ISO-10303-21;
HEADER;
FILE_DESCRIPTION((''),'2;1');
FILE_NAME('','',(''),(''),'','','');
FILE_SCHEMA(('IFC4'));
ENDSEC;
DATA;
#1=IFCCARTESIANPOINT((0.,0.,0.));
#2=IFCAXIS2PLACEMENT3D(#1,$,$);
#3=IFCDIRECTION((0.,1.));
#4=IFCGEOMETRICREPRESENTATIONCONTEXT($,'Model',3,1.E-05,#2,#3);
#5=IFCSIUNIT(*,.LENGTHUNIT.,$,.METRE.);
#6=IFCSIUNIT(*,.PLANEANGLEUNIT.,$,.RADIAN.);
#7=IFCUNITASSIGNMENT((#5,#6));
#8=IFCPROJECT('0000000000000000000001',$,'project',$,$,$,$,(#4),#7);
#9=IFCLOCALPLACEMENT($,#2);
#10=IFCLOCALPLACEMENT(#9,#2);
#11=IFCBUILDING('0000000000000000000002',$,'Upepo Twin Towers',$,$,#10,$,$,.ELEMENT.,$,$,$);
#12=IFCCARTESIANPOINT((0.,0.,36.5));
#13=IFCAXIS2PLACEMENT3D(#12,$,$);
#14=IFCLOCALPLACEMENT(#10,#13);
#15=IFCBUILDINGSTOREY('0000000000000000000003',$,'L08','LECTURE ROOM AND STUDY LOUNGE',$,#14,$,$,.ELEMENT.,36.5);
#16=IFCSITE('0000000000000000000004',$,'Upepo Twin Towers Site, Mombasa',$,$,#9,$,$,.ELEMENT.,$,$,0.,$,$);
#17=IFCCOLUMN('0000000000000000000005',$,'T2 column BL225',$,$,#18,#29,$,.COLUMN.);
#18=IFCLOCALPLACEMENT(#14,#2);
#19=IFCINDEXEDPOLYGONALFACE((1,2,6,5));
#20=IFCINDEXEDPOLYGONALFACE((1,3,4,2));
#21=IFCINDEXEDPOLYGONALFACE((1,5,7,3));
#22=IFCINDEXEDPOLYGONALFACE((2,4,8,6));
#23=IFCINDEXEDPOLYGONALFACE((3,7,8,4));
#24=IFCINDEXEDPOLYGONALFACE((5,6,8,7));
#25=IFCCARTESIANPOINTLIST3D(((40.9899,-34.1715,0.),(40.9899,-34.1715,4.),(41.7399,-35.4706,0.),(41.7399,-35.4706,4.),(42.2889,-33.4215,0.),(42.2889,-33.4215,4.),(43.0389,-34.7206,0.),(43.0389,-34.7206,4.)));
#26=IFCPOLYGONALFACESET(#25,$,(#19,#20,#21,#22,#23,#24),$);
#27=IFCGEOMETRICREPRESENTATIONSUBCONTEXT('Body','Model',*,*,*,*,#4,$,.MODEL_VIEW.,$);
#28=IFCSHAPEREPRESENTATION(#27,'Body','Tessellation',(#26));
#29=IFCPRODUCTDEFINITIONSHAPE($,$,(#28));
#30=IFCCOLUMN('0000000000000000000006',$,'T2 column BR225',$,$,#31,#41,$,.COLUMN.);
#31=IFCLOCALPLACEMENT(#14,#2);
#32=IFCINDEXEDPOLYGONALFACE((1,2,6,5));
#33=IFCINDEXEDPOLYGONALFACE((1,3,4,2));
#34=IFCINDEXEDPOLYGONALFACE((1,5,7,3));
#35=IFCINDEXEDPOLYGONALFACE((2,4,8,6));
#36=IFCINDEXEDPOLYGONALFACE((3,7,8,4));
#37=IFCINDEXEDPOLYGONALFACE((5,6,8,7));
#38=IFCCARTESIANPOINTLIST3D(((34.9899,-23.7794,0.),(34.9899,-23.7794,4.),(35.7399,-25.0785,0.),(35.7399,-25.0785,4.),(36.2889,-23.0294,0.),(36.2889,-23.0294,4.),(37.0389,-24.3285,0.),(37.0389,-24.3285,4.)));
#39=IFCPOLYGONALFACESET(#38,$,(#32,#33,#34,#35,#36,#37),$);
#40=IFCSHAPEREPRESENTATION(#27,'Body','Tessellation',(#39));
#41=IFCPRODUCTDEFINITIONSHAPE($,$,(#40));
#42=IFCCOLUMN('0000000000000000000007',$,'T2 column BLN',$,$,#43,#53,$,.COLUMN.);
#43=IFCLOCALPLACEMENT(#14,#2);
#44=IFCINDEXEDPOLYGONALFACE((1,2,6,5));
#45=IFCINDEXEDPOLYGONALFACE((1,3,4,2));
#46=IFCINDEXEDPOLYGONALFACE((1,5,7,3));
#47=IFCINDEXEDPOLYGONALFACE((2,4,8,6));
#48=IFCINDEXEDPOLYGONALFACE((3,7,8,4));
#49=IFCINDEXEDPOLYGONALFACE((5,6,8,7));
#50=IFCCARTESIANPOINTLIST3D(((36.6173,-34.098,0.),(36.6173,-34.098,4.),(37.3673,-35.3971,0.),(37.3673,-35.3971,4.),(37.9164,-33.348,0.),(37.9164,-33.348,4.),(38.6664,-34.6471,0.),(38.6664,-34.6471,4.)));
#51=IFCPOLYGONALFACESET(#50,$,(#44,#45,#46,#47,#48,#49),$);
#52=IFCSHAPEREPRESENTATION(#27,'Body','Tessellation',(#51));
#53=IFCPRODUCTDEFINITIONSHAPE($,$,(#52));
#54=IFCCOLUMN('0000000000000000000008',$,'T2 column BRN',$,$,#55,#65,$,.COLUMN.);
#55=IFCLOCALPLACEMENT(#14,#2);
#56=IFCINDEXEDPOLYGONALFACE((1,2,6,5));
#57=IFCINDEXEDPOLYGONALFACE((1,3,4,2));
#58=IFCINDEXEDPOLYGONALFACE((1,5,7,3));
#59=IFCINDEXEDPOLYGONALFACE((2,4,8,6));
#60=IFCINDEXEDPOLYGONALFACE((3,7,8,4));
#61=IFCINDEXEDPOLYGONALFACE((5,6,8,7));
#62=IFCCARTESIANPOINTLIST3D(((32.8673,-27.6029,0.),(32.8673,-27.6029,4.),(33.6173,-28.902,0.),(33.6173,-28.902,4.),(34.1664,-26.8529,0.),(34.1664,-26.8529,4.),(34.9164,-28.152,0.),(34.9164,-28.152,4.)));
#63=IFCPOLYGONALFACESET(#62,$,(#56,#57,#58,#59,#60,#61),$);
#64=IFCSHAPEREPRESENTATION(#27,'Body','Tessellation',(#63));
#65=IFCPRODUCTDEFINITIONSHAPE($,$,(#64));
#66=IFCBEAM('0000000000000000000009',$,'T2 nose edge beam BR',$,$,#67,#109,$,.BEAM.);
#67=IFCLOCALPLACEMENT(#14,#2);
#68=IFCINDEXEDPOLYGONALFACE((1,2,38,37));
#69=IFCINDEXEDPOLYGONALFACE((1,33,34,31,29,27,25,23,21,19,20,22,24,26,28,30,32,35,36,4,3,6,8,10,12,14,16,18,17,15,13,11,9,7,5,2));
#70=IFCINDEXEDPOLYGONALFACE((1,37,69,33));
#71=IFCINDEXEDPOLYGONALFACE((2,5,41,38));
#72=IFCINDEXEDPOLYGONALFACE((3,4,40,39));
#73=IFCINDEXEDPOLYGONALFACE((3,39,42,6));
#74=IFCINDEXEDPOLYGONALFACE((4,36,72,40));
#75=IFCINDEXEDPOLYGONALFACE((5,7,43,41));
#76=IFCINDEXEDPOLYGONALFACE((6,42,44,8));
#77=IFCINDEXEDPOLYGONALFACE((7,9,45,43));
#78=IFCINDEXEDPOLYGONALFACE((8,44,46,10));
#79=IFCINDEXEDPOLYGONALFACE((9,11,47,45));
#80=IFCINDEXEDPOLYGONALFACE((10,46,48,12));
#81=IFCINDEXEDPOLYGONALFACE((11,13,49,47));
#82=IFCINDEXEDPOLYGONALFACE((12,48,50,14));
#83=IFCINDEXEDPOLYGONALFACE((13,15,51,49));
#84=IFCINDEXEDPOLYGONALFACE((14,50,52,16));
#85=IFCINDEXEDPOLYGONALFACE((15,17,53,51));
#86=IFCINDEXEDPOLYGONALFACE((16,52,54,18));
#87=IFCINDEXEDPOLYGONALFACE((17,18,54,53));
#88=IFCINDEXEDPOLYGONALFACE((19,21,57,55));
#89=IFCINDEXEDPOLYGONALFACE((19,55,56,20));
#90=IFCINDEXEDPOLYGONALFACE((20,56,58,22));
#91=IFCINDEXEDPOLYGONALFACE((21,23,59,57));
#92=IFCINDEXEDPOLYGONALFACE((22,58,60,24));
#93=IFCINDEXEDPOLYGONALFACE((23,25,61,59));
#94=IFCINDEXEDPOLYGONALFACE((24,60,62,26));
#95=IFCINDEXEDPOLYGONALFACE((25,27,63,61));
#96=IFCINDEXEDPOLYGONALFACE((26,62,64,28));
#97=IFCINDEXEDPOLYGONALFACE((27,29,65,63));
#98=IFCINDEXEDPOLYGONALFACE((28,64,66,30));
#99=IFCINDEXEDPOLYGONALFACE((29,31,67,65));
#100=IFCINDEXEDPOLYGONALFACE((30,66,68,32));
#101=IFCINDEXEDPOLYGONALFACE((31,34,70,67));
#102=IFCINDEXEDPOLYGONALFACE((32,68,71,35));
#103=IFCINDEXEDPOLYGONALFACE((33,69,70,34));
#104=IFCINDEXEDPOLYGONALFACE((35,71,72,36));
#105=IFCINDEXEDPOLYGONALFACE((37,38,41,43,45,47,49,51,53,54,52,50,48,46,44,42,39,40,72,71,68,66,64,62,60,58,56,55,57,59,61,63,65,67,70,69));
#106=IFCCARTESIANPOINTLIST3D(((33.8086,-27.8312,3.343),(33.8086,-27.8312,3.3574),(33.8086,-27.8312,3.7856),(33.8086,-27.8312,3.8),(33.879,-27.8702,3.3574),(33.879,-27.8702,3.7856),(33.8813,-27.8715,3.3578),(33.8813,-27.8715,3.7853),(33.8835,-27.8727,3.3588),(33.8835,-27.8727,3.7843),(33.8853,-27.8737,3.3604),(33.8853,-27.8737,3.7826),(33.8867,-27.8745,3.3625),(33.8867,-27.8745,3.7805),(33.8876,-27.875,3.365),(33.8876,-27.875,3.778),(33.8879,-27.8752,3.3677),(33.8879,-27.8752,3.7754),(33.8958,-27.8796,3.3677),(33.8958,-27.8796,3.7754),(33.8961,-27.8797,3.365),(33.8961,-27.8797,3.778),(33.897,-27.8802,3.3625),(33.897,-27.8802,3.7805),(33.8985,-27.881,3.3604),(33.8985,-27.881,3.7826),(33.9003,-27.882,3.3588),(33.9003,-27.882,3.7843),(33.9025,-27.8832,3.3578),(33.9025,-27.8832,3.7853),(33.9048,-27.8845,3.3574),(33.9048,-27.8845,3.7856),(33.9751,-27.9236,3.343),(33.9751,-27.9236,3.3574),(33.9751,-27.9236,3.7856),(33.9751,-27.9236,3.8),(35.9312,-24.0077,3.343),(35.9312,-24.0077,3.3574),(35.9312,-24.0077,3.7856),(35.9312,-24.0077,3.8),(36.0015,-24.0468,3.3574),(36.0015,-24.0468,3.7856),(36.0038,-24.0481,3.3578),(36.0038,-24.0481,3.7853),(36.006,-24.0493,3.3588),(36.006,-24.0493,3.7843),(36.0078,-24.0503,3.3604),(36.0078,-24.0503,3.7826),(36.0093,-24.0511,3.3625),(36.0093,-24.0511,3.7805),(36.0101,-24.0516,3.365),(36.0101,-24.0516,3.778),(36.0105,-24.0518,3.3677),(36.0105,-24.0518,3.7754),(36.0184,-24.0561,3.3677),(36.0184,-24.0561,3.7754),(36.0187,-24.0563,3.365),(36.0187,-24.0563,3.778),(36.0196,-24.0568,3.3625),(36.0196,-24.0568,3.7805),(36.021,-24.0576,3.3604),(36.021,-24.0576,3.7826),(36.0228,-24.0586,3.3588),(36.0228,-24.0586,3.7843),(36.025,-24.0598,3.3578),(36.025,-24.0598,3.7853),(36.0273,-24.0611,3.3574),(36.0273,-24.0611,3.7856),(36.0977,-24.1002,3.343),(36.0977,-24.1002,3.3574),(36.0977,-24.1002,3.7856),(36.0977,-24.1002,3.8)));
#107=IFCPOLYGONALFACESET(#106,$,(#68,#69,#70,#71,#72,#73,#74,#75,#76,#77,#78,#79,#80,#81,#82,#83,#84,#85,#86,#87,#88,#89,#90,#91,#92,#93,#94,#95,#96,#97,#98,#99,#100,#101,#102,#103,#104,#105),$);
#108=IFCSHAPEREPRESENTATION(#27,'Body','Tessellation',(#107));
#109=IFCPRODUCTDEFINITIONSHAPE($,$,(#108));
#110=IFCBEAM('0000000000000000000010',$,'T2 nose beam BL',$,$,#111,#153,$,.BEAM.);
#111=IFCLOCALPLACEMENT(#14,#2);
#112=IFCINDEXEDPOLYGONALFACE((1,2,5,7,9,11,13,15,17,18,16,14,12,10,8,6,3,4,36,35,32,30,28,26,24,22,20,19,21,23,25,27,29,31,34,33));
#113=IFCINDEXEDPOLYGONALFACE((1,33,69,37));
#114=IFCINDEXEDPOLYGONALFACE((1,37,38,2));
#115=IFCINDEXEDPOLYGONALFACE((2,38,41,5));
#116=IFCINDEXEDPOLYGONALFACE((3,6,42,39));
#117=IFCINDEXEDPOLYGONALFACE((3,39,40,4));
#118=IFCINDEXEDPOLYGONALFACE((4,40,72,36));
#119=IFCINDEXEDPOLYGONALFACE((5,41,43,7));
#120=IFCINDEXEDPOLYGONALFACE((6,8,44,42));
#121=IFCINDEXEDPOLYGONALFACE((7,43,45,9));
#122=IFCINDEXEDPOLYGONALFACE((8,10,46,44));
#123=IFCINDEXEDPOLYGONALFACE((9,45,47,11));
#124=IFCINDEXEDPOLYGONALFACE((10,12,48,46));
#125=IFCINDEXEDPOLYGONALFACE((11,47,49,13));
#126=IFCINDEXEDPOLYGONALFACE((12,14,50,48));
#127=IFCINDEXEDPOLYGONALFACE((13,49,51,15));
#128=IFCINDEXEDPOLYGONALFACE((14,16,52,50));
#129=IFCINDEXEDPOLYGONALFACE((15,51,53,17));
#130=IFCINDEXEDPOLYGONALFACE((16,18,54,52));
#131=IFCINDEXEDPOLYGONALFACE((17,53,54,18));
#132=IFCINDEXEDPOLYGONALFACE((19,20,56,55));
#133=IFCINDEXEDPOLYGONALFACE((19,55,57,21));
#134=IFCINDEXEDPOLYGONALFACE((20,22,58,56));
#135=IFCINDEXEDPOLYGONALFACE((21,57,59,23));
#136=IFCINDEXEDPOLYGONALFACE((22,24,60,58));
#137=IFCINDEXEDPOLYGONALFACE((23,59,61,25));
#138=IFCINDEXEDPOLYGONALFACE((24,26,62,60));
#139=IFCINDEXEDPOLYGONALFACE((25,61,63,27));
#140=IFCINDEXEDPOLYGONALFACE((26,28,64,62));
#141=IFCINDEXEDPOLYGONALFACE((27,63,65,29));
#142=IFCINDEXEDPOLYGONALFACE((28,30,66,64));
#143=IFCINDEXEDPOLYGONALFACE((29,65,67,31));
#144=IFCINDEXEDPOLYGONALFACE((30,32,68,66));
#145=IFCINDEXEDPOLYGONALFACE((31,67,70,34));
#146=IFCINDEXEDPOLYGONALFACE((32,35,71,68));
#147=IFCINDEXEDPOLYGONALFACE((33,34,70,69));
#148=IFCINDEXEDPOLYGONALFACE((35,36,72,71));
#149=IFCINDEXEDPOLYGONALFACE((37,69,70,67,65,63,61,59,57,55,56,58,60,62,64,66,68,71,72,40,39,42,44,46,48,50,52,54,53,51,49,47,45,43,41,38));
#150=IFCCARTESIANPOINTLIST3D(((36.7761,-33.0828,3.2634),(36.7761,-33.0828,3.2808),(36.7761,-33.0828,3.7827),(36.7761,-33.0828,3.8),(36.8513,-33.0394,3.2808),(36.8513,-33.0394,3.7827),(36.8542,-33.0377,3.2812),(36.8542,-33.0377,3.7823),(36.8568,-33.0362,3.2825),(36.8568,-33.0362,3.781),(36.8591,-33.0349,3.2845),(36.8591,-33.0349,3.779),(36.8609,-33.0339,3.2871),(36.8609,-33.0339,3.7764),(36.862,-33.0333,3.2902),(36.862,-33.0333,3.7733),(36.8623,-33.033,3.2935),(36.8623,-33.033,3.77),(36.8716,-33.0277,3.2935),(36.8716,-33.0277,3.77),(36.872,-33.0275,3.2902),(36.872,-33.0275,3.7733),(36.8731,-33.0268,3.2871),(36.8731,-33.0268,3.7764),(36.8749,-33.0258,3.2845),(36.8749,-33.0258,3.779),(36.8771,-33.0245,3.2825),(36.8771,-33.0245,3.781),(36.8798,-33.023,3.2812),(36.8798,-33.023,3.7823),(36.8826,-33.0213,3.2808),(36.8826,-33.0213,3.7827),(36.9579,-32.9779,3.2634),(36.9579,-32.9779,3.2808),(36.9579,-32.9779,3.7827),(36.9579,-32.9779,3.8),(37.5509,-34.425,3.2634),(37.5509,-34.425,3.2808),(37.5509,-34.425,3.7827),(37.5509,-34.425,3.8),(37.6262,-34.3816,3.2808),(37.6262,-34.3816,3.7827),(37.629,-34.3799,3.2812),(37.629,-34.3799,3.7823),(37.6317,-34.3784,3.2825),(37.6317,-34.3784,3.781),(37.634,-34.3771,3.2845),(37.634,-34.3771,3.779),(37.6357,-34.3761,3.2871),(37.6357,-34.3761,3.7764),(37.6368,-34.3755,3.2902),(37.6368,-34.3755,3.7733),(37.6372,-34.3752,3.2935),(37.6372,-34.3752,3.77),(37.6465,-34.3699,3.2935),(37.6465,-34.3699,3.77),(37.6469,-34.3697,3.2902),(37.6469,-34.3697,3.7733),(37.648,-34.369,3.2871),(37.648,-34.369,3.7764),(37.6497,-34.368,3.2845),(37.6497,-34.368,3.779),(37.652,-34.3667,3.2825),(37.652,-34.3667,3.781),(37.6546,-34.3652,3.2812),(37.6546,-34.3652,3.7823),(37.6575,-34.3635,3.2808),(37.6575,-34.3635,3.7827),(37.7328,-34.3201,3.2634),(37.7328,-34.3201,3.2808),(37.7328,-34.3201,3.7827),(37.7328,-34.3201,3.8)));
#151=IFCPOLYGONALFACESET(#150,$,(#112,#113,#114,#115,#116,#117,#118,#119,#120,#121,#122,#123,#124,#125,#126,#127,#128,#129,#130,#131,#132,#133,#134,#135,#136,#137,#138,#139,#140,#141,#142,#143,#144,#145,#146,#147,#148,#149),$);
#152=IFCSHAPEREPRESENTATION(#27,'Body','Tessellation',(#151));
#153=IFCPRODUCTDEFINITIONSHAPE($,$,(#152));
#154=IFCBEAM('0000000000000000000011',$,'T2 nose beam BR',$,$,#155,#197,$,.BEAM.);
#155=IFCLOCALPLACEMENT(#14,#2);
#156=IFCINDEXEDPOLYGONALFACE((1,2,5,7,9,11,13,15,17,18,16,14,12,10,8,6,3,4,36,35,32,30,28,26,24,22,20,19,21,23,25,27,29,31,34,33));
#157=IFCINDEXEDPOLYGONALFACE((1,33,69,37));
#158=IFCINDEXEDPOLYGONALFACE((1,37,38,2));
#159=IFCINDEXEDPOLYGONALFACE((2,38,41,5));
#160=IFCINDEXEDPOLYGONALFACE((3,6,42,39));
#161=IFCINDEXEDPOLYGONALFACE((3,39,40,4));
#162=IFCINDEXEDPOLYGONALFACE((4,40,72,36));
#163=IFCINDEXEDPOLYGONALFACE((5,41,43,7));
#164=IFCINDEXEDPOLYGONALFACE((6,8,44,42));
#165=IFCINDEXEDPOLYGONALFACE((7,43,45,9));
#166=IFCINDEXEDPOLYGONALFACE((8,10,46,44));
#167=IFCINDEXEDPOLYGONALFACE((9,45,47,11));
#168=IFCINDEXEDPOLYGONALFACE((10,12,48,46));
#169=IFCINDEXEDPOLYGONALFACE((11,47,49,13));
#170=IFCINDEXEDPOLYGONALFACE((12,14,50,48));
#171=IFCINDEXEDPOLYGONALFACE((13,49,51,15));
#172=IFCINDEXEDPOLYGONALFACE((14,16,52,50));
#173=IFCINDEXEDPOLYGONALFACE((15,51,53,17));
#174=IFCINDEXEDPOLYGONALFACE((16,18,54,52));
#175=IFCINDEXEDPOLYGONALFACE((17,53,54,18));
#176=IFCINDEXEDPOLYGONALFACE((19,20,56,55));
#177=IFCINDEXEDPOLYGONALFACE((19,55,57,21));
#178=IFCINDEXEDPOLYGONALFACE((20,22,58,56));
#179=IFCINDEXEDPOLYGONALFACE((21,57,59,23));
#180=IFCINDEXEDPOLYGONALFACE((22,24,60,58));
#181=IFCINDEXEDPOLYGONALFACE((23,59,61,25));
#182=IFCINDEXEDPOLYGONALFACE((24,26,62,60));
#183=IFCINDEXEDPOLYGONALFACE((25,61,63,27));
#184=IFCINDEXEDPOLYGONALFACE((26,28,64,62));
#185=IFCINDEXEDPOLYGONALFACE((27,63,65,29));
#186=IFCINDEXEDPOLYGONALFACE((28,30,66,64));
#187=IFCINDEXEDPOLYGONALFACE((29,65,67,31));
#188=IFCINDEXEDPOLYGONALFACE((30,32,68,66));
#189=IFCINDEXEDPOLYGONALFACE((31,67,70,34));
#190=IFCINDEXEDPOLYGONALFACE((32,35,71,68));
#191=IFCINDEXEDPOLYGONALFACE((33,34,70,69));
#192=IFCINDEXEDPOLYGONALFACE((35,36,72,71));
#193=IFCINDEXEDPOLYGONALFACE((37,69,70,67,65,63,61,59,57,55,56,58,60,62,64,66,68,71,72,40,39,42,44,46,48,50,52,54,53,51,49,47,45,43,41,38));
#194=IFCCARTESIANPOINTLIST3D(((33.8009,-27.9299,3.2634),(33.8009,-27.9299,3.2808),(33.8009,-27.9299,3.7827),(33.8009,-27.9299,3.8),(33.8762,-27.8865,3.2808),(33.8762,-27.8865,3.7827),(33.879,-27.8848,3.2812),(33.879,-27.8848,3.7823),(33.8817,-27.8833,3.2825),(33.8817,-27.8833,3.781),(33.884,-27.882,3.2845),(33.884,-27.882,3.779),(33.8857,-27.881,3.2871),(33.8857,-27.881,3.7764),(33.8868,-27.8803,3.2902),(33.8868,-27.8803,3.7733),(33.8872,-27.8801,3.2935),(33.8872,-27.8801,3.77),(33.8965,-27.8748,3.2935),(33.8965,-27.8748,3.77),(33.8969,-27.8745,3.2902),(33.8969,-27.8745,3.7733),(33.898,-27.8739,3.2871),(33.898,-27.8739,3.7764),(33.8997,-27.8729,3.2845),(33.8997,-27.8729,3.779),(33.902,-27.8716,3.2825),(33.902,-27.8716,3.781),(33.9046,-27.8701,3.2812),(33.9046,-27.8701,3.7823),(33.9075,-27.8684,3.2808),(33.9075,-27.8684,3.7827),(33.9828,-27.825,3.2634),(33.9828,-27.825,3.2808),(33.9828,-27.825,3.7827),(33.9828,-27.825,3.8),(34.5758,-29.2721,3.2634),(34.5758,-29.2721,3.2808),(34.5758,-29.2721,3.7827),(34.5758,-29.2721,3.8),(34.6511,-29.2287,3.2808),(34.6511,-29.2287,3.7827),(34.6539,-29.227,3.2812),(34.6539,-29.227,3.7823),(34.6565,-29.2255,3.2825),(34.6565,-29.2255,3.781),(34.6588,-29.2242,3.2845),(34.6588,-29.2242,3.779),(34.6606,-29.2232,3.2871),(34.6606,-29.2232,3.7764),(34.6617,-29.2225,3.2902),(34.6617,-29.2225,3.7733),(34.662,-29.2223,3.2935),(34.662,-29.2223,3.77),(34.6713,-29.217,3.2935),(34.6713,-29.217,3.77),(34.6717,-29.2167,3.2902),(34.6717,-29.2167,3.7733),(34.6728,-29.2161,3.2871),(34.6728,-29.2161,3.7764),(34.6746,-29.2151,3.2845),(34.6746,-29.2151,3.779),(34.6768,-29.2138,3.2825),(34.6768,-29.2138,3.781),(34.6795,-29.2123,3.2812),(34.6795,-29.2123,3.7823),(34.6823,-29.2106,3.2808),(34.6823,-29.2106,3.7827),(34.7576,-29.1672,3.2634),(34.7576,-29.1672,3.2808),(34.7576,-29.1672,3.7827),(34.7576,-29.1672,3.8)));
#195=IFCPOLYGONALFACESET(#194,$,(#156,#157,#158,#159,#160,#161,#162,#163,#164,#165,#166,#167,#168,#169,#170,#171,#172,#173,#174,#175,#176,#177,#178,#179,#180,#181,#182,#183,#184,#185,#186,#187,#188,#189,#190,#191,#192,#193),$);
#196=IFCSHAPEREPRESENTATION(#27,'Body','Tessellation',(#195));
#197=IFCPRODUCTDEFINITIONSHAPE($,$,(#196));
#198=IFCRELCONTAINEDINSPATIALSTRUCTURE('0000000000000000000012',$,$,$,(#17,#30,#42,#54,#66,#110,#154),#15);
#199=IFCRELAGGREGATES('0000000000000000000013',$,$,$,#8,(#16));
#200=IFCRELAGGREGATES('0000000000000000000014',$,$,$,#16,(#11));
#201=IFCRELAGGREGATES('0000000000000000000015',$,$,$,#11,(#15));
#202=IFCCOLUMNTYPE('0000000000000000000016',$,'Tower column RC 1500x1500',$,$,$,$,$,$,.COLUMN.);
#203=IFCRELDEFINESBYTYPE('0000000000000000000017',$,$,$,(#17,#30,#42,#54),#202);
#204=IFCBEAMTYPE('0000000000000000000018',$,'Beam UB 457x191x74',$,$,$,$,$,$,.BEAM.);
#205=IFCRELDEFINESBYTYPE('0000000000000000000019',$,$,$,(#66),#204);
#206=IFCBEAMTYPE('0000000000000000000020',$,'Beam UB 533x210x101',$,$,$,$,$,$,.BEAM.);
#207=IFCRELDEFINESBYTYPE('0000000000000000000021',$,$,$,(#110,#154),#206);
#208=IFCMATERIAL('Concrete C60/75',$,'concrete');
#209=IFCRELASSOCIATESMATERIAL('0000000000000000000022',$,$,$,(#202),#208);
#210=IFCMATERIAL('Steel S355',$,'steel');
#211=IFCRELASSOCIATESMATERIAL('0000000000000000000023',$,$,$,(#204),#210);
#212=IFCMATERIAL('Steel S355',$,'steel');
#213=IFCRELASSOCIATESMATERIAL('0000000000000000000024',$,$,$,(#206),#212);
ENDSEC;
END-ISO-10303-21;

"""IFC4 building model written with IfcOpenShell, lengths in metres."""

from ifc_helpers import new_model, si_unit, direction, frame, origin, origin_2d, place, context, subcontext, project, spatial, rectangle, i_section, extrude, material, material_profile, profile_set, type_object, element, save


model = new_model("IFC4")

# Units and contexts
model_context = context("Model", 3, precision=1e-05, world=origin(), true_north=direction((0.0, 1.0)))
body_context = subcontext(model_context, "Body", "Model", "MODEL_VIEW")
ifc_project = project(units=[si_unit("LENGTHUNIT", "METRE"), si_unit("PLANEANGLEUNIT", "RADIAN")], contexts=[model_context])

# Site, building, storey
site_placement = place(None, origin())
site = spatial("IfcSite", under=ifc_project, at=site_placement, Name="Upepo Twin Towers Site, Mombasa", CompositionType="ELEMENT", RefElevation=0.0)
building_placement = place(site_placement, origin())
building = spatial("IfcBuilding", under=site, at=building_placement, Name="Upepo Twin Towers", CompositionType="ELEMENT")
storey_placement = place(building_placement, frame((0.0, 0.0, 36.5)))
storey = spatial("IfcBuildingStorey", under=building, at=storey_placement, Name="L08", Description="LECTURE ROOM AND STUDY LOUNGE", CompositionType="ELEMENT", Elevation=36.5)

# Columns
ifc_material_1 = material(Name="Concrete C60/75", Category="concrete")
ifc_material_profile_1 = material_profile(ifc_material_1, rectangle(XDim=1.5, YDim=1.5, at=origin_2d()), Name="RC 1500x1500")
ifc_profile_set_1 = profile_set([ifc_material_profile_1], Name="Concrete C60/75")
column_type = type_object("IfcColumnType", Name="Tower column RC 1500x1500", PredefinedType="COLUMN", material=ifc_profile_set_1)
for number, where, z_axis, x_axis, name in (
    (1, (42.0144, -34.446, 0.0), (0.0, 0.0, 1.0), (0.866025, 0.5, 0.0), "T2 column BL225"),
    (2, (36.0144, -24.054, 0.0), (0.0, 0.0, 1.0), (0.866025, 0.5, 0.0), "T2 column BR225"),
    (3, (37.6418, -34.3726, 0.0), (0.0, 0.0, 1.0), (0.866025, 0.5, 0.0), "T2 column BLN"),
    (4, (33.8918, -27.8774, 0.0), (0.0, 0.0, 1.0), (0.866025, 0.5, 0.0), "T2 column BRN"),
):
    element("IfcColumn", number, at=place(storey_placement, frame(where, z_axis=z_axis, x_axis=x_axis)), inside=storey, type_object=column_type, Name=name, PredefinedType="COLUMN", context=body_context, shape_type="SweptSolid", body=[
        extrude(rectangle(XDim=1.5, YDim=1.5, at=origin_2d()), origin(), (0.0, 0.0, 1.0), 4.0),
    ])

# Beams
ifc_material_2 = material(Name="Steel S355", Category="steel")
ifc_material_profile_2 = material_profile(ifc_material_2, i_section(OverallWidth=0.1904, OverallDepth=0.457, WebThickness=0.009, FlangeThickness=0.0144, FilletRadius=0.0103, at=origin_2d()), Name="UB 457x191x74")
ifc_profile_set_2 = profile_set([ifc_material_profile_2], Name="Steel S355")
beam_type_1 = type_object("IfcBeamType", Name="Beam UB 457x191x74", PredefinedType="BEAM", material=ifc_profile_set_2)
beam_placement = place(storey_placement, frame((36.0144, -24.054, 3.5715), z_axis=(-0.485363, -0.874313, 0.0), x_axis=(0.874313, -0.485363, 0.0)))
element("IfcBeam", 5, at=beam_placement, inside=storey, type_object=beam_type_1, Name="T2 nose edge beam BR", PredefinedType="BEAM", context=body_context, shape_type="SweptSolid", body=[
    extrude(i_section(OverallWidth=0.1904, OverallDepth=0.457, WebThickness=0.009, FlangeThickness=0.0144, FilletRadius=0.0103, at=origin_2d()), origin(), (0.0, 0.0, 1.0), 4.373),
])
ifc_material_3 = material(Name="Steel S355", Category="steel")
ifc_material_profile_3 = material_profile(ifc_material_3, i_section(OverallWidth=0.21, OverallDepth=0.5366, WebThickness=0.0107, FlangeThickness=0.0173, FilletRadius=0.0127, at=origin_2d()), Name="UB 533x210x101")
ifc_profile_set_3 = profile_set([ifc_material_profile_3], Name="Steel S355")
beam_type_2 = type_object("IfcBeamType", Name="Beam UB 533x210x101", PredefinedType="BEAM", material=ifc_profile_set_3)
for number, where, z_axis, x_axis, name in (
    (6, (37.6418, -34.3726, 3.5317), (-0.499968, 0.866044, 0.0), (-0.866044, -0.499968, 0.0), "T2 nose beam BL"),
    (7, (33.8918, -27.8774, 3.5317), (0.499968, -0.866044, 0.0), (0.866044, 0.499968, 0.0), "T2 nose beam BR"),
):
    element("IfcBeam", number, at=place(storey_placement, frame(where, z_axis=z_axis, x_axis=x_axis)), inside=storey, type_object=beam_type_2, Name=name, PredefinedType="BEAM", context=body_context, shape_type="SweptSolid", body=[
        extrude(i_section(OverallWidth=0.21, OverallDepth=0.5366, WebThickness=0.0107, FlangeThickness=0.0173, FilletRadius=0.0127, at=origin_2d()), origin(), (0.0, 0.0, 1.0), 1.5498),
    ])

save(model, "model.ifc")
